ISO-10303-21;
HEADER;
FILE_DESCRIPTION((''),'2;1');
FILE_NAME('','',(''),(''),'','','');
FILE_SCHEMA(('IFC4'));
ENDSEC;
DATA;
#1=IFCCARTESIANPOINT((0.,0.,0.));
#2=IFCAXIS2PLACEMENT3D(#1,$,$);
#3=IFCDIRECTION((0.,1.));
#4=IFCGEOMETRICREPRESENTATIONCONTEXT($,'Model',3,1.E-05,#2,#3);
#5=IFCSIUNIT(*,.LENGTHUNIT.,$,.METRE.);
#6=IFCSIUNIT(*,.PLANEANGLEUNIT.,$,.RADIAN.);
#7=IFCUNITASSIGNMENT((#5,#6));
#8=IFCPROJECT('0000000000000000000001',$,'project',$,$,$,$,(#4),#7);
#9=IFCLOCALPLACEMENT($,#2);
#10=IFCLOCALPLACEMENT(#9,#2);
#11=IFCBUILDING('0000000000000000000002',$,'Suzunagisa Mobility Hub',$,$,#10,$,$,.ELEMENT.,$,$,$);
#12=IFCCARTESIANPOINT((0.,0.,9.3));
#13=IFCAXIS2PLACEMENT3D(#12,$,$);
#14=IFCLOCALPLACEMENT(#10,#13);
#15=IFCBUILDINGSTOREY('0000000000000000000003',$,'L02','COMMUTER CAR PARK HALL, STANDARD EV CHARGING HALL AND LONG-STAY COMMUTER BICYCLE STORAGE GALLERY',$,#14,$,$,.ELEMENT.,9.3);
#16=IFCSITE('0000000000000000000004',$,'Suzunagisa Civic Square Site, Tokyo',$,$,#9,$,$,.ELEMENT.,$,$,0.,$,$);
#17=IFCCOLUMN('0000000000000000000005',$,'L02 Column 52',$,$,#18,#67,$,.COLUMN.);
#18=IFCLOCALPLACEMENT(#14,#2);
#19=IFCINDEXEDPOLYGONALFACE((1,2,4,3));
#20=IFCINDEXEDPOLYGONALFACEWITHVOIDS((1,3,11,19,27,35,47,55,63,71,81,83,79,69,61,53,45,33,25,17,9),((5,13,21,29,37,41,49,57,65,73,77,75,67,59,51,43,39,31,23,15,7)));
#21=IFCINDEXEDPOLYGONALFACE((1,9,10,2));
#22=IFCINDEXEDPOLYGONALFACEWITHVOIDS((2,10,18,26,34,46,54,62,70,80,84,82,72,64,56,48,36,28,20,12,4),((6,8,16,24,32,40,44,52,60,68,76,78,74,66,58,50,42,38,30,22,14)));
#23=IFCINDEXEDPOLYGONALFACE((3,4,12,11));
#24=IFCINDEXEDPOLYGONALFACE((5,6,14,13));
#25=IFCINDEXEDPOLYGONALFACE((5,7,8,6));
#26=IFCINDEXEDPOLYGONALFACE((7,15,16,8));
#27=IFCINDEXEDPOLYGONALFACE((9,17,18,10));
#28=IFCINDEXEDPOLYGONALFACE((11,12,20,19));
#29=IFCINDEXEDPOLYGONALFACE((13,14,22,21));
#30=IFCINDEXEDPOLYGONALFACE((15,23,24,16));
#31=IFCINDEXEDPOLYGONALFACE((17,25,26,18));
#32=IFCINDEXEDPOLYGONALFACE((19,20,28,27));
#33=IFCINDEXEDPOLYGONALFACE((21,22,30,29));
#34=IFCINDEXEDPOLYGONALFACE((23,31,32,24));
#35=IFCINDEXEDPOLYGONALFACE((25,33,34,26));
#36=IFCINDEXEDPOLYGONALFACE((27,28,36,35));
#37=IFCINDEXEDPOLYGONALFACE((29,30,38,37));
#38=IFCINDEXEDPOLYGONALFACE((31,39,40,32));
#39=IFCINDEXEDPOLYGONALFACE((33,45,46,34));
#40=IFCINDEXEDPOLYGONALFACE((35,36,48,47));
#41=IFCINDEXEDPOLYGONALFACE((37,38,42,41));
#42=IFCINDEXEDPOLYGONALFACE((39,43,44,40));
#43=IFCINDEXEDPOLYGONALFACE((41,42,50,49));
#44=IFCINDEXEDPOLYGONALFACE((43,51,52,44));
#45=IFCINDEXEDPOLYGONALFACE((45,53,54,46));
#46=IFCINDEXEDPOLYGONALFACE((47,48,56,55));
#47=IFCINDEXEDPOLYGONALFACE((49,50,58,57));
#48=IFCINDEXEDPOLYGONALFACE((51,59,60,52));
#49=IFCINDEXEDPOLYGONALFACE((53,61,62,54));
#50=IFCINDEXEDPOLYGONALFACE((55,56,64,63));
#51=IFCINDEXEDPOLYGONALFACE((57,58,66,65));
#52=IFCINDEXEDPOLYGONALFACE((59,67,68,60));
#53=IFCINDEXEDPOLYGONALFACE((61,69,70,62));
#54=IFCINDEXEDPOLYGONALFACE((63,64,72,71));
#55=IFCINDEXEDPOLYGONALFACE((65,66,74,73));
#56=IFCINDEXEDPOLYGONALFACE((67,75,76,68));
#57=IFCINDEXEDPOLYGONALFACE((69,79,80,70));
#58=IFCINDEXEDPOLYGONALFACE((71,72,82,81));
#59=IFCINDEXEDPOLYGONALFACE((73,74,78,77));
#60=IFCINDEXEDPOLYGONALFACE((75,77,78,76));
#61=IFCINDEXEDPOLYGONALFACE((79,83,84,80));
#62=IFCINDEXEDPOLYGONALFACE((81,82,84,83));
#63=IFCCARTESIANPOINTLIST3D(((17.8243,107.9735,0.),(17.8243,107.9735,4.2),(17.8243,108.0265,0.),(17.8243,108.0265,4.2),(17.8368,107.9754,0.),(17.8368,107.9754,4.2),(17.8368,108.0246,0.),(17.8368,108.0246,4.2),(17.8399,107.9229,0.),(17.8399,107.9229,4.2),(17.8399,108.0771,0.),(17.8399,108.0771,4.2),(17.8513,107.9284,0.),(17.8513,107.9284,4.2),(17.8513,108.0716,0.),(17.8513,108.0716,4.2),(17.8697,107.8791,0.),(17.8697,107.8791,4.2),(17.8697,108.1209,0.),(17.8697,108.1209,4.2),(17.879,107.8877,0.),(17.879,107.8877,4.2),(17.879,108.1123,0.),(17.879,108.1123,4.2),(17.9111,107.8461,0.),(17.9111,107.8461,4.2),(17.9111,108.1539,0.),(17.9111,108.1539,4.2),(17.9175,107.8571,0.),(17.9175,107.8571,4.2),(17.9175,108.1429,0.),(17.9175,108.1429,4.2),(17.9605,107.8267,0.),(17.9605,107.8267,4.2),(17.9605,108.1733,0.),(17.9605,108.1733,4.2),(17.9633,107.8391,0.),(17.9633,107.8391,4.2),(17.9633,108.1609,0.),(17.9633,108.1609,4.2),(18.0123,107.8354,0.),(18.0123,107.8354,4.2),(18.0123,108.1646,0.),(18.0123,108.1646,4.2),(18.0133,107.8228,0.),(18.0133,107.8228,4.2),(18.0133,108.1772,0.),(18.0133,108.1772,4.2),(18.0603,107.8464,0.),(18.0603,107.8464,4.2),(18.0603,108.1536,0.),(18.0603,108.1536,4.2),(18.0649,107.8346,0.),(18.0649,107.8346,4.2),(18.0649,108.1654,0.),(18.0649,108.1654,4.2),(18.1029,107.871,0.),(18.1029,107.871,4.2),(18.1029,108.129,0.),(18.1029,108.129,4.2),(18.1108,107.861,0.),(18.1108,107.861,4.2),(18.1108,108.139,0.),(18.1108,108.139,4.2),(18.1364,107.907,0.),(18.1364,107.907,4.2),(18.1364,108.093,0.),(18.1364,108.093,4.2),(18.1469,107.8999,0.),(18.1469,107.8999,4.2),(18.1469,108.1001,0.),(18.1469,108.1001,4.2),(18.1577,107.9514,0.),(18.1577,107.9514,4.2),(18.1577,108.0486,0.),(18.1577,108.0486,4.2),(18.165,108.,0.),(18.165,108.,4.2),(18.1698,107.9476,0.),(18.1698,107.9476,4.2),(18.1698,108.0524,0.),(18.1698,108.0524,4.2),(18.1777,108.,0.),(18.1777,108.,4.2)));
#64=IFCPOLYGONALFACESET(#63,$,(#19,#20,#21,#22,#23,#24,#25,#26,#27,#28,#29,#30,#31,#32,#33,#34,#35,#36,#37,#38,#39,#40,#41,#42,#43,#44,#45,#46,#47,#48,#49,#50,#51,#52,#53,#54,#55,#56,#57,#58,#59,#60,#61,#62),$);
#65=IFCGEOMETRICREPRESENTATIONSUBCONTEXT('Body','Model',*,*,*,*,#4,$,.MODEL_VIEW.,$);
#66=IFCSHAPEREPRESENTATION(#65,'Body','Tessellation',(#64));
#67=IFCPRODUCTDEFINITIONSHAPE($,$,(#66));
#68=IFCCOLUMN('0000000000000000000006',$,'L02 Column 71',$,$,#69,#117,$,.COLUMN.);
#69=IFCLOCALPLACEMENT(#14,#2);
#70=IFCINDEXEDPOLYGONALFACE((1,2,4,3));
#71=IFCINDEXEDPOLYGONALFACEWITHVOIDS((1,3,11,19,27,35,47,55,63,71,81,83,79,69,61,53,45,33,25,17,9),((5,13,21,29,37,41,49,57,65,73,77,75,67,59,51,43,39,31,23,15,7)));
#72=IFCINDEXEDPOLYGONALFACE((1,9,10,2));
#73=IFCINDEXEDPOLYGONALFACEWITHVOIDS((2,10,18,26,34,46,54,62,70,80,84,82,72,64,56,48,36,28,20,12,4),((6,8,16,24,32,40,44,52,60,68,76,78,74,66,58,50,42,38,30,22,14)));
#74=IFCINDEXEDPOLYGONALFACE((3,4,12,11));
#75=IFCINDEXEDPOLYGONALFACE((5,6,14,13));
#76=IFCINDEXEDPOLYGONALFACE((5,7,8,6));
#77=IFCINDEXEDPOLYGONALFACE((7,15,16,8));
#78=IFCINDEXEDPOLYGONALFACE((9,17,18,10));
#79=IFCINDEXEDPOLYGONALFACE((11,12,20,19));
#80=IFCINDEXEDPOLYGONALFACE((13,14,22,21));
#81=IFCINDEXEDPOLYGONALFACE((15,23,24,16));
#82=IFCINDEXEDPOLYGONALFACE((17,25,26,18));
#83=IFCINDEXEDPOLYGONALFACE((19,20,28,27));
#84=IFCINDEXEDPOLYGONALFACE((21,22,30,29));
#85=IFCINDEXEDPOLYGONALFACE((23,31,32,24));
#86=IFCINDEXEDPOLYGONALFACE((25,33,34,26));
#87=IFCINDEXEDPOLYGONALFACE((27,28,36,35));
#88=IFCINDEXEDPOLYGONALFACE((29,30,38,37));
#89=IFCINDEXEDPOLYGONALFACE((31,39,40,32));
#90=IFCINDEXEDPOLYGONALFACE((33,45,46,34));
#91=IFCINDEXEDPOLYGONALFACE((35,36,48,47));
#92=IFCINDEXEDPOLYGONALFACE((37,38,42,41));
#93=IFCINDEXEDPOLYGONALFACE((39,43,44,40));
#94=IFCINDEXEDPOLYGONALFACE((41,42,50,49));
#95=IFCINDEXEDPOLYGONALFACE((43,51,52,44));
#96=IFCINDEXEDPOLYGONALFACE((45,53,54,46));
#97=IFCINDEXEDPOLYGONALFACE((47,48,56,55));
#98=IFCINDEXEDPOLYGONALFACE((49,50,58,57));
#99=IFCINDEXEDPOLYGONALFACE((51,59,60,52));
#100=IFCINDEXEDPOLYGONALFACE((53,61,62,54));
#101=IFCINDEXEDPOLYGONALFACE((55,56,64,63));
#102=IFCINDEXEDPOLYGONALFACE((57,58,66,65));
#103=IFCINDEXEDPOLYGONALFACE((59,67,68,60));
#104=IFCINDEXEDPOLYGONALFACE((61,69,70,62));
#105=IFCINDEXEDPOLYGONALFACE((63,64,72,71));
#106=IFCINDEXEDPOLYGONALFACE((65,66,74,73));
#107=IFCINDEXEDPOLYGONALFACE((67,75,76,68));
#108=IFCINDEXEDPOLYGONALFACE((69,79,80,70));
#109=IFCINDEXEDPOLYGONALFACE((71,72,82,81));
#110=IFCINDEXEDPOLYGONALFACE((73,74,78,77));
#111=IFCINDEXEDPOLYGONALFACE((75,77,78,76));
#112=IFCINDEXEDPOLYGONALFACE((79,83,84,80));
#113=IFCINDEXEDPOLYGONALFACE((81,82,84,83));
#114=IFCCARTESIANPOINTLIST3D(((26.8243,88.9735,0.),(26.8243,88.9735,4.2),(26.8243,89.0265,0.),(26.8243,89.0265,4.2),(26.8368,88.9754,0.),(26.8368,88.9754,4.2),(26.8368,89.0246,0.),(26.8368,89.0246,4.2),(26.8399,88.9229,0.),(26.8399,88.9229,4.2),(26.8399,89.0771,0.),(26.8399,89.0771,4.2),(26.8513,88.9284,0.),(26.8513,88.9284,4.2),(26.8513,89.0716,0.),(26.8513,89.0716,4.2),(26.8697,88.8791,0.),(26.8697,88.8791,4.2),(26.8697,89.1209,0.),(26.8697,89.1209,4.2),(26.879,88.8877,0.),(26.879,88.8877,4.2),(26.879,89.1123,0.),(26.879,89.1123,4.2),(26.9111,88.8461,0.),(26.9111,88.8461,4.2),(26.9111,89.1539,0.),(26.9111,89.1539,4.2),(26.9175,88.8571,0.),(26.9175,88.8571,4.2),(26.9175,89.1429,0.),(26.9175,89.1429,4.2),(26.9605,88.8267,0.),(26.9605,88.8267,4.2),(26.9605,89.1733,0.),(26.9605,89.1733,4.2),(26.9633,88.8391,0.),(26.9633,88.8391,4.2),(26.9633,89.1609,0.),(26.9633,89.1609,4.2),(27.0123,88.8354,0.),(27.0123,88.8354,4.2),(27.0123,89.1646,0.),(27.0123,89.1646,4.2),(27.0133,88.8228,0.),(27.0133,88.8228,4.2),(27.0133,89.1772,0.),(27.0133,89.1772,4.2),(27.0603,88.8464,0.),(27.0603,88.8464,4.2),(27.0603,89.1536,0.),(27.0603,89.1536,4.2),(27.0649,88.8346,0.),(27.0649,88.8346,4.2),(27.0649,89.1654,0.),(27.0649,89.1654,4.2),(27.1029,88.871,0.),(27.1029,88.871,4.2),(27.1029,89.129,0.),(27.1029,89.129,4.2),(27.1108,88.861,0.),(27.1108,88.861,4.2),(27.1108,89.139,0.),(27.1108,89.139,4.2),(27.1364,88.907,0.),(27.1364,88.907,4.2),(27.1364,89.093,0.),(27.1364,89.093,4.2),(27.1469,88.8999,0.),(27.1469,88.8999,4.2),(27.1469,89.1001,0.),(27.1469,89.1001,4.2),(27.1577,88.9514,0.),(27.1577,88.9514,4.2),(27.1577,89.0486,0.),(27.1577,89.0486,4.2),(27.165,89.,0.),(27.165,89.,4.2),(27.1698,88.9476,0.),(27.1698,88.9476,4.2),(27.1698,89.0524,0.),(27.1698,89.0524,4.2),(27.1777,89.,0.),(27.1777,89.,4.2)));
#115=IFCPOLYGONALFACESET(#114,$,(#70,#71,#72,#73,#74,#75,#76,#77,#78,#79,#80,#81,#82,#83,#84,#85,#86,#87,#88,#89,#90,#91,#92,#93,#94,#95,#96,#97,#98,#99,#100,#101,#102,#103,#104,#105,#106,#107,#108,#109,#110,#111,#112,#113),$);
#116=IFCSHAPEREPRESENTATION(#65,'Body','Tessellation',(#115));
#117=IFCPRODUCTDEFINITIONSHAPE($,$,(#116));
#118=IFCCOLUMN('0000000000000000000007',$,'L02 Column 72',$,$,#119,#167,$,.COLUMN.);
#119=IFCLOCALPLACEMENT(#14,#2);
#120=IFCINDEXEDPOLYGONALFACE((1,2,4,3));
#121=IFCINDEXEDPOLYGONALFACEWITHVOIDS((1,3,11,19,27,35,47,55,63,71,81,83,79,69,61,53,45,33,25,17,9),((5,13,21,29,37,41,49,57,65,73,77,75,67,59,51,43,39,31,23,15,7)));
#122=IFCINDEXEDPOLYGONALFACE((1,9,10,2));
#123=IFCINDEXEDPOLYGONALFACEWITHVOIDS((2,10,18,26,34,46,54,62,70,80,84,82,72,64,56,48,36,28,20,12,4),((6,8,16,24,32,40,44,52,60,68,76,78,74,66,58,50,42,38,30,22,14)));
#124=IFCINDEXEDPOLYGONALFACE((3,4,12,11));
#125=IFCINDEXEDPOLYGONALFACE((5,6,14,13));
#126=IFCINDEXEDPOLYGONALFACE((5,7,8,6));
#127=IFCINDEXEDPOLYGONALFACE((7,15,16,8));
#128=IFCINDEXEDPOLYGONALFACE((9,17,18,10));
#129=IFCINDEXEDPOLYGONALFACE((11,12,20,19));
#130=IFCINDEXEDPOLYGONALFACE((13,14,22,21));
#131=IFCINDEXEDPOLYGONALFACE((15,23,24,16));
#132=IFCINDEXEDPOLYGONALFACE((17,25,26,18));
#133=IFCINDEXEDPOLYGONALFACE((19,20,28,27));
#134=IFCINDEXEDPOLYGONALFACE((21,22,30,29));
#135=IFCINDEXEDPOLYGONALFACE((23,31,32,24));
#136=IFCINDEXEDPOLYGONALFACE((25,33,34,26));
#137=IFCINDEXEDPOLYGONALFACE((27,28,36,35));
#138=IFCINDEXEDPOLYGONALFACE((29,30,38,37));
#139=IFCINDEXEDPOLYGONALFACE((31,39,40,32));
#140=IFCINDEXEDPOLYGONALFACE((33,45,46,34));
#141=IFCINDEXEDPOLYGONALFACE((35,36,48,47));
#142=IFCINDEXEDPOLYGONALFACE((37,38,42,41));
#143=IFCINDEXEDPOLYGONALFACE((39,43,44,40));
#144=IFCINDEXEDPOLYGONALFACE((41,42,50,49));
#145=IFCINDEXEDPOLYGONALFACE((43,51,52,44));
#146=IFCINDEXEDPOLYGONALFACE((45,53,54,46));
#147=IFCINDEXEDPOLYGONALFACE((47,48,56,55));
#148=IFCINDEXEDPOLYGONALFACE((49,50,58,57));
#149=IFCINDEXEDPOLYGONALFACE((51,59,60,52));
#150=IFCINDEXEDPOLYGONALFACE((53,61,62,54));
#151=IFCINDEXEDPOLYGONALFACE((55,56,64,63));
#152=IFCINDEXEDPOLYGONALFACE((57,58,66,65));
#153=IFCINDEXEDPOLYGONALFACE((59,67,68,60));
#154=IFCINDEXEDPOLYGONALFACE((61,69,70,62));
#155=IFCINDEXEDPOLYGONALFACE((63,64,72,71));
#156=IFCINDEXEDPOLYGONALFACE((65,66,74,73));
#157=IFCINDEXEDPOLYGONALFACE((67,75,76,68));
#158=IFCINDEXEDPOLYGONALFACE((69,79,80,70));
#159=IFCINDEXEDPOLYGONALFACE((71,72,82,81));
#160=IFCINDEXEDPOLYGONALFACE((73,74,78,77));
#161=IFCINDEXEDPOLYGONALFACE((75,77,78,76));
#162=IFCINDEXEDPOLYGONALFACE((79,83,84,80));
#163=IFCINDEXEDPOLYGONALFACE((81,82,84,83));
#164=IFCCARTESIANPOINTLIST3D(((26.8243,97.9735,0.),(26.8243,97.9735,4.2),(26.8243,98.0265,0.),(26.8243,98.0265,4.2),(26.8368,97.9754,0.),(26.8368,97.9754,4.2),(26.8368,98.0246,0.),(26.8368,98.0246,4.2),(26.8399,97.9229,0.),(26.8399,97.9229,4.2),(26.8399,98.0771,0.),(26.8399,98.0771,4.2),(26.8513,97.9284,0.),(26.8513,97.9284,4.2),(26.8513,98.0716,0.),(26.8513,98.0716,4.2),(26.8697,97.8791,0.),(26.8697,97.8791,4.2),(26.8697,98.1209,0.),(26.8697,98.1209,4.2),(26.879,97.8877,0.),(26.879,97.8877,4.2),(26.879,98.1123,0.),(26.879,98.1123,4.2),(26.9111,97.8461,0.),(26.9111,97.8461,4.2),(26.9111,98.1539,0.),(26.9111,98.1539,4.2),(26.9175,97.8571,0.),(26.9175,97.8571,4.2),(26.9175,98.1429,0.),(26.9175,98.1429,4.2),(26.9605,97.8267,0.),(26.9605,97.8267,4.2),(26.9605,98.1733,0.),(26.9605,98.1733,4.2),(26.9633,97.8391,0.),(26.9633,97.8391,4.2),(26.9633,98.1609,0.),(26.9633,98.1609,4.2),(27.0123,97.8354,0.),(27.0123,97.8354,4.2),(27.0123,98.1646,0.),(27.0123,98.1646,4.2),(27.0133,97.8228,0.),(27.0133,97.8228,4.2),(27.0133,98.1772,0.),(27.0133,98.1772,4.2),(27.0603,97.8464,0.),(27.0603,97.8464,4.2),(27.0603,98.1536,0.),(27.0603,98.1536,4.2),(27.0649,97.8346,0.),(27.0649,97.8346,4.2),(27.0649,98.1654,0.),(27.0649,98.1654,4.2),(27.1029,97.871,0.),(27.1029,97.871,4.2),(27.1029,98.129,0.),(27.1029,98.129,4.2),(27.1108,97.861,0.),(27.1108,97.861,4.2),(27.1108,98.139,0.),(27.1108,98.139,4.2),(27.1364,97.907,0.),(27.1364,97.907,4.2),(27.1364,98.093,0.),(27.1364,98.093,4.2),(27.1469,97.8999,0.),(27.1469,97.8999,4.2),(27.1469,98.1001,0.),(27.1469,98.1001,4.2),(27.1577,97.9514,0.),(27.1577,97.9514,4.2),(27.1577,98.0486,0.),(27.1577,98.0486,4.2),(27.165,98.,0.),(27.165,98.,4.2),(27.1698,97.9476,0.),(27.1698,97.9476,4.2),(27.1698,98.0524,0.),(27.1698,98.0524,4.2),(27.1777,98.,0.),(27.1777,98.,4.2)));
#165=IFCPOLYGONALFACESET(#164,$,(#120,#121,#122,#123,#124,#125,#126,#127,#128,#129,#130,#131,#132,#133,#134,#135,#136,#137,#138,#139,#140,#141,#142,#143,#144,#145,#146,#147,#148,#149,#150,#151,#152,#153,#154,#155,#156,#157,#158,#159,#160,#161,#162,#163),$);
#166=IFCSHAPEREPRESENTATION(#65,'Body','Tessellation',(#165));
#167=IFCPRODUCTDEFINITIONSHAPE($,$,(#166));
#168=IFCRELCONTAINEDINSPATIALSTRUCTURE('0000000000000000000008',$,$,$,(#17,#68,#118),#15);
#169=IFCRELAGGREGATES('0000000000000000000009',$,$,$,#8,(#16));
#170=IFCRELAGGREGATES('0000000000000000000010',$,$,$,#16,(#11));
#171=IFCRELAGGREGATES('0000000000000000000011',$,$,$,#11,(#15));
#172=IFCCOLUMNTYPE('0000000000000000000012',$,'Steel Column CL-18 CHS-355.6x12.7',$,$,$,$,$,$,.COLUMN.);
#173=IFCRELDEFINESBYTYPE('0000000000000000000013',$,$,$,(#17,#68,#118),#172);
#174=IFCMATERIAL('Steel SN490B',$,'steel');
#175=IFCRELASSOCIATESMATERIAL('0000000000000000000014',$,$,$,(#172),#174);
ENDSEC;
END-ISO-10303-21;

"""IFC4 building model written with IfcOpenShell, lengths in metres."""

from ifc_helpers import new_model, si_unit, direction, frame, origin, origin_2d, place, context, subcontext, project, spatial, hollow_circle, extrude, material, material_profile, profile_set, type_object, element, save


model = new_model("IFC4")

# Units and contexts
model_context = context("Model", 3, precision=1e-05, world=origin(), true_north=direction((0.0, 1.0)))
body_context = subcontext(model_context, "Body", "Model", "MODEL_VIEW")
ifc_project = project(units=[si_unit("LENGTHUNIT", "METRE"), si_unit("PLANEANGLEUNIT", "RADIAN")], contexts=[model_context])

# Site, building, storey
site_placement = place(None, origin())
site = spatial("IfcSite", under=ifc_project, at=site_placement, Name="Suzunagisa Civic Square Site, Tokyo", CompositionType="ELEMENT", RefElevation=0.0)
building_placement = place(site_placement, origin())
building = spatial("IfcBuilding", under=site, at=building_placement, Name="Suzunagisa Mobility Hub", CompositionType="ELEMENT")
storey_placement = place(building_placement, frame((0.0, 0.0, 9.3)))
storey = spatial("IfcBuildingStorey", under=building, at=storey_placement, Name="L02", Description="COMMUTER CAR PARK HALL, STANDARD EV CHARGING HALL AND LONG-STAY COMMUTER BICYCLE STORAGE GALLERY", CompositionType="ELEMENT", Elevation=9.3)

# Columns
ifc_material_1 = material(Name="Steel SN490B", Category="steel")
ifc_material_profile_1 = material_profile(ifc_material_1, hollow_circle(Radius=0.1777, WallThickness=0.0127, at=origin_2d()), Name="CHS-355.6x12.7")
ifc_profile_set_1 = profile_set([ifc_material_profile_1], Name="Steel SN490B")
column_type_1 = type_object("IfcColumnType", Name="Steel Column CL-18 CHS-355.6x12.7", PredefinedType="COLUMN", material=ifc_profile_set_1)
for number, where, z_axis, x_axis, name in (
    (1, (18.0, 108.0, 0.0), (0.0, 0.0, 1.0), (1.0, 0.0, 0.0), "L02 Column 52"),
    (2, (27.0, 89.0, 0.0), (0.0, 0.0, 1.0), (1.0, 0.0, 0.0), "L02 Column 71"),
    (3, (27.0, 98.0, 0.0), (0.0, 0.0, 1.0), (1.0, 0.0, 0.0), "L02 Column 72"),
):
    element("IfcColumn", number, at=place(storey_placement, frame(where, z_axis=z_axis, x_axis=x_axis)), inside=storey, type_object=column_type_1, Name=name, PredefinedType="COLUMN", context=body_context, shape_type="SweptSolid", body=[
        extrude(hollow_circle(Radius=0.1777, WallThickness=0.0127, at=origin_2d()), origin(), (0.0, 0.0, 1.0), 4.2),
    ])

save(model, "model.ifc")
